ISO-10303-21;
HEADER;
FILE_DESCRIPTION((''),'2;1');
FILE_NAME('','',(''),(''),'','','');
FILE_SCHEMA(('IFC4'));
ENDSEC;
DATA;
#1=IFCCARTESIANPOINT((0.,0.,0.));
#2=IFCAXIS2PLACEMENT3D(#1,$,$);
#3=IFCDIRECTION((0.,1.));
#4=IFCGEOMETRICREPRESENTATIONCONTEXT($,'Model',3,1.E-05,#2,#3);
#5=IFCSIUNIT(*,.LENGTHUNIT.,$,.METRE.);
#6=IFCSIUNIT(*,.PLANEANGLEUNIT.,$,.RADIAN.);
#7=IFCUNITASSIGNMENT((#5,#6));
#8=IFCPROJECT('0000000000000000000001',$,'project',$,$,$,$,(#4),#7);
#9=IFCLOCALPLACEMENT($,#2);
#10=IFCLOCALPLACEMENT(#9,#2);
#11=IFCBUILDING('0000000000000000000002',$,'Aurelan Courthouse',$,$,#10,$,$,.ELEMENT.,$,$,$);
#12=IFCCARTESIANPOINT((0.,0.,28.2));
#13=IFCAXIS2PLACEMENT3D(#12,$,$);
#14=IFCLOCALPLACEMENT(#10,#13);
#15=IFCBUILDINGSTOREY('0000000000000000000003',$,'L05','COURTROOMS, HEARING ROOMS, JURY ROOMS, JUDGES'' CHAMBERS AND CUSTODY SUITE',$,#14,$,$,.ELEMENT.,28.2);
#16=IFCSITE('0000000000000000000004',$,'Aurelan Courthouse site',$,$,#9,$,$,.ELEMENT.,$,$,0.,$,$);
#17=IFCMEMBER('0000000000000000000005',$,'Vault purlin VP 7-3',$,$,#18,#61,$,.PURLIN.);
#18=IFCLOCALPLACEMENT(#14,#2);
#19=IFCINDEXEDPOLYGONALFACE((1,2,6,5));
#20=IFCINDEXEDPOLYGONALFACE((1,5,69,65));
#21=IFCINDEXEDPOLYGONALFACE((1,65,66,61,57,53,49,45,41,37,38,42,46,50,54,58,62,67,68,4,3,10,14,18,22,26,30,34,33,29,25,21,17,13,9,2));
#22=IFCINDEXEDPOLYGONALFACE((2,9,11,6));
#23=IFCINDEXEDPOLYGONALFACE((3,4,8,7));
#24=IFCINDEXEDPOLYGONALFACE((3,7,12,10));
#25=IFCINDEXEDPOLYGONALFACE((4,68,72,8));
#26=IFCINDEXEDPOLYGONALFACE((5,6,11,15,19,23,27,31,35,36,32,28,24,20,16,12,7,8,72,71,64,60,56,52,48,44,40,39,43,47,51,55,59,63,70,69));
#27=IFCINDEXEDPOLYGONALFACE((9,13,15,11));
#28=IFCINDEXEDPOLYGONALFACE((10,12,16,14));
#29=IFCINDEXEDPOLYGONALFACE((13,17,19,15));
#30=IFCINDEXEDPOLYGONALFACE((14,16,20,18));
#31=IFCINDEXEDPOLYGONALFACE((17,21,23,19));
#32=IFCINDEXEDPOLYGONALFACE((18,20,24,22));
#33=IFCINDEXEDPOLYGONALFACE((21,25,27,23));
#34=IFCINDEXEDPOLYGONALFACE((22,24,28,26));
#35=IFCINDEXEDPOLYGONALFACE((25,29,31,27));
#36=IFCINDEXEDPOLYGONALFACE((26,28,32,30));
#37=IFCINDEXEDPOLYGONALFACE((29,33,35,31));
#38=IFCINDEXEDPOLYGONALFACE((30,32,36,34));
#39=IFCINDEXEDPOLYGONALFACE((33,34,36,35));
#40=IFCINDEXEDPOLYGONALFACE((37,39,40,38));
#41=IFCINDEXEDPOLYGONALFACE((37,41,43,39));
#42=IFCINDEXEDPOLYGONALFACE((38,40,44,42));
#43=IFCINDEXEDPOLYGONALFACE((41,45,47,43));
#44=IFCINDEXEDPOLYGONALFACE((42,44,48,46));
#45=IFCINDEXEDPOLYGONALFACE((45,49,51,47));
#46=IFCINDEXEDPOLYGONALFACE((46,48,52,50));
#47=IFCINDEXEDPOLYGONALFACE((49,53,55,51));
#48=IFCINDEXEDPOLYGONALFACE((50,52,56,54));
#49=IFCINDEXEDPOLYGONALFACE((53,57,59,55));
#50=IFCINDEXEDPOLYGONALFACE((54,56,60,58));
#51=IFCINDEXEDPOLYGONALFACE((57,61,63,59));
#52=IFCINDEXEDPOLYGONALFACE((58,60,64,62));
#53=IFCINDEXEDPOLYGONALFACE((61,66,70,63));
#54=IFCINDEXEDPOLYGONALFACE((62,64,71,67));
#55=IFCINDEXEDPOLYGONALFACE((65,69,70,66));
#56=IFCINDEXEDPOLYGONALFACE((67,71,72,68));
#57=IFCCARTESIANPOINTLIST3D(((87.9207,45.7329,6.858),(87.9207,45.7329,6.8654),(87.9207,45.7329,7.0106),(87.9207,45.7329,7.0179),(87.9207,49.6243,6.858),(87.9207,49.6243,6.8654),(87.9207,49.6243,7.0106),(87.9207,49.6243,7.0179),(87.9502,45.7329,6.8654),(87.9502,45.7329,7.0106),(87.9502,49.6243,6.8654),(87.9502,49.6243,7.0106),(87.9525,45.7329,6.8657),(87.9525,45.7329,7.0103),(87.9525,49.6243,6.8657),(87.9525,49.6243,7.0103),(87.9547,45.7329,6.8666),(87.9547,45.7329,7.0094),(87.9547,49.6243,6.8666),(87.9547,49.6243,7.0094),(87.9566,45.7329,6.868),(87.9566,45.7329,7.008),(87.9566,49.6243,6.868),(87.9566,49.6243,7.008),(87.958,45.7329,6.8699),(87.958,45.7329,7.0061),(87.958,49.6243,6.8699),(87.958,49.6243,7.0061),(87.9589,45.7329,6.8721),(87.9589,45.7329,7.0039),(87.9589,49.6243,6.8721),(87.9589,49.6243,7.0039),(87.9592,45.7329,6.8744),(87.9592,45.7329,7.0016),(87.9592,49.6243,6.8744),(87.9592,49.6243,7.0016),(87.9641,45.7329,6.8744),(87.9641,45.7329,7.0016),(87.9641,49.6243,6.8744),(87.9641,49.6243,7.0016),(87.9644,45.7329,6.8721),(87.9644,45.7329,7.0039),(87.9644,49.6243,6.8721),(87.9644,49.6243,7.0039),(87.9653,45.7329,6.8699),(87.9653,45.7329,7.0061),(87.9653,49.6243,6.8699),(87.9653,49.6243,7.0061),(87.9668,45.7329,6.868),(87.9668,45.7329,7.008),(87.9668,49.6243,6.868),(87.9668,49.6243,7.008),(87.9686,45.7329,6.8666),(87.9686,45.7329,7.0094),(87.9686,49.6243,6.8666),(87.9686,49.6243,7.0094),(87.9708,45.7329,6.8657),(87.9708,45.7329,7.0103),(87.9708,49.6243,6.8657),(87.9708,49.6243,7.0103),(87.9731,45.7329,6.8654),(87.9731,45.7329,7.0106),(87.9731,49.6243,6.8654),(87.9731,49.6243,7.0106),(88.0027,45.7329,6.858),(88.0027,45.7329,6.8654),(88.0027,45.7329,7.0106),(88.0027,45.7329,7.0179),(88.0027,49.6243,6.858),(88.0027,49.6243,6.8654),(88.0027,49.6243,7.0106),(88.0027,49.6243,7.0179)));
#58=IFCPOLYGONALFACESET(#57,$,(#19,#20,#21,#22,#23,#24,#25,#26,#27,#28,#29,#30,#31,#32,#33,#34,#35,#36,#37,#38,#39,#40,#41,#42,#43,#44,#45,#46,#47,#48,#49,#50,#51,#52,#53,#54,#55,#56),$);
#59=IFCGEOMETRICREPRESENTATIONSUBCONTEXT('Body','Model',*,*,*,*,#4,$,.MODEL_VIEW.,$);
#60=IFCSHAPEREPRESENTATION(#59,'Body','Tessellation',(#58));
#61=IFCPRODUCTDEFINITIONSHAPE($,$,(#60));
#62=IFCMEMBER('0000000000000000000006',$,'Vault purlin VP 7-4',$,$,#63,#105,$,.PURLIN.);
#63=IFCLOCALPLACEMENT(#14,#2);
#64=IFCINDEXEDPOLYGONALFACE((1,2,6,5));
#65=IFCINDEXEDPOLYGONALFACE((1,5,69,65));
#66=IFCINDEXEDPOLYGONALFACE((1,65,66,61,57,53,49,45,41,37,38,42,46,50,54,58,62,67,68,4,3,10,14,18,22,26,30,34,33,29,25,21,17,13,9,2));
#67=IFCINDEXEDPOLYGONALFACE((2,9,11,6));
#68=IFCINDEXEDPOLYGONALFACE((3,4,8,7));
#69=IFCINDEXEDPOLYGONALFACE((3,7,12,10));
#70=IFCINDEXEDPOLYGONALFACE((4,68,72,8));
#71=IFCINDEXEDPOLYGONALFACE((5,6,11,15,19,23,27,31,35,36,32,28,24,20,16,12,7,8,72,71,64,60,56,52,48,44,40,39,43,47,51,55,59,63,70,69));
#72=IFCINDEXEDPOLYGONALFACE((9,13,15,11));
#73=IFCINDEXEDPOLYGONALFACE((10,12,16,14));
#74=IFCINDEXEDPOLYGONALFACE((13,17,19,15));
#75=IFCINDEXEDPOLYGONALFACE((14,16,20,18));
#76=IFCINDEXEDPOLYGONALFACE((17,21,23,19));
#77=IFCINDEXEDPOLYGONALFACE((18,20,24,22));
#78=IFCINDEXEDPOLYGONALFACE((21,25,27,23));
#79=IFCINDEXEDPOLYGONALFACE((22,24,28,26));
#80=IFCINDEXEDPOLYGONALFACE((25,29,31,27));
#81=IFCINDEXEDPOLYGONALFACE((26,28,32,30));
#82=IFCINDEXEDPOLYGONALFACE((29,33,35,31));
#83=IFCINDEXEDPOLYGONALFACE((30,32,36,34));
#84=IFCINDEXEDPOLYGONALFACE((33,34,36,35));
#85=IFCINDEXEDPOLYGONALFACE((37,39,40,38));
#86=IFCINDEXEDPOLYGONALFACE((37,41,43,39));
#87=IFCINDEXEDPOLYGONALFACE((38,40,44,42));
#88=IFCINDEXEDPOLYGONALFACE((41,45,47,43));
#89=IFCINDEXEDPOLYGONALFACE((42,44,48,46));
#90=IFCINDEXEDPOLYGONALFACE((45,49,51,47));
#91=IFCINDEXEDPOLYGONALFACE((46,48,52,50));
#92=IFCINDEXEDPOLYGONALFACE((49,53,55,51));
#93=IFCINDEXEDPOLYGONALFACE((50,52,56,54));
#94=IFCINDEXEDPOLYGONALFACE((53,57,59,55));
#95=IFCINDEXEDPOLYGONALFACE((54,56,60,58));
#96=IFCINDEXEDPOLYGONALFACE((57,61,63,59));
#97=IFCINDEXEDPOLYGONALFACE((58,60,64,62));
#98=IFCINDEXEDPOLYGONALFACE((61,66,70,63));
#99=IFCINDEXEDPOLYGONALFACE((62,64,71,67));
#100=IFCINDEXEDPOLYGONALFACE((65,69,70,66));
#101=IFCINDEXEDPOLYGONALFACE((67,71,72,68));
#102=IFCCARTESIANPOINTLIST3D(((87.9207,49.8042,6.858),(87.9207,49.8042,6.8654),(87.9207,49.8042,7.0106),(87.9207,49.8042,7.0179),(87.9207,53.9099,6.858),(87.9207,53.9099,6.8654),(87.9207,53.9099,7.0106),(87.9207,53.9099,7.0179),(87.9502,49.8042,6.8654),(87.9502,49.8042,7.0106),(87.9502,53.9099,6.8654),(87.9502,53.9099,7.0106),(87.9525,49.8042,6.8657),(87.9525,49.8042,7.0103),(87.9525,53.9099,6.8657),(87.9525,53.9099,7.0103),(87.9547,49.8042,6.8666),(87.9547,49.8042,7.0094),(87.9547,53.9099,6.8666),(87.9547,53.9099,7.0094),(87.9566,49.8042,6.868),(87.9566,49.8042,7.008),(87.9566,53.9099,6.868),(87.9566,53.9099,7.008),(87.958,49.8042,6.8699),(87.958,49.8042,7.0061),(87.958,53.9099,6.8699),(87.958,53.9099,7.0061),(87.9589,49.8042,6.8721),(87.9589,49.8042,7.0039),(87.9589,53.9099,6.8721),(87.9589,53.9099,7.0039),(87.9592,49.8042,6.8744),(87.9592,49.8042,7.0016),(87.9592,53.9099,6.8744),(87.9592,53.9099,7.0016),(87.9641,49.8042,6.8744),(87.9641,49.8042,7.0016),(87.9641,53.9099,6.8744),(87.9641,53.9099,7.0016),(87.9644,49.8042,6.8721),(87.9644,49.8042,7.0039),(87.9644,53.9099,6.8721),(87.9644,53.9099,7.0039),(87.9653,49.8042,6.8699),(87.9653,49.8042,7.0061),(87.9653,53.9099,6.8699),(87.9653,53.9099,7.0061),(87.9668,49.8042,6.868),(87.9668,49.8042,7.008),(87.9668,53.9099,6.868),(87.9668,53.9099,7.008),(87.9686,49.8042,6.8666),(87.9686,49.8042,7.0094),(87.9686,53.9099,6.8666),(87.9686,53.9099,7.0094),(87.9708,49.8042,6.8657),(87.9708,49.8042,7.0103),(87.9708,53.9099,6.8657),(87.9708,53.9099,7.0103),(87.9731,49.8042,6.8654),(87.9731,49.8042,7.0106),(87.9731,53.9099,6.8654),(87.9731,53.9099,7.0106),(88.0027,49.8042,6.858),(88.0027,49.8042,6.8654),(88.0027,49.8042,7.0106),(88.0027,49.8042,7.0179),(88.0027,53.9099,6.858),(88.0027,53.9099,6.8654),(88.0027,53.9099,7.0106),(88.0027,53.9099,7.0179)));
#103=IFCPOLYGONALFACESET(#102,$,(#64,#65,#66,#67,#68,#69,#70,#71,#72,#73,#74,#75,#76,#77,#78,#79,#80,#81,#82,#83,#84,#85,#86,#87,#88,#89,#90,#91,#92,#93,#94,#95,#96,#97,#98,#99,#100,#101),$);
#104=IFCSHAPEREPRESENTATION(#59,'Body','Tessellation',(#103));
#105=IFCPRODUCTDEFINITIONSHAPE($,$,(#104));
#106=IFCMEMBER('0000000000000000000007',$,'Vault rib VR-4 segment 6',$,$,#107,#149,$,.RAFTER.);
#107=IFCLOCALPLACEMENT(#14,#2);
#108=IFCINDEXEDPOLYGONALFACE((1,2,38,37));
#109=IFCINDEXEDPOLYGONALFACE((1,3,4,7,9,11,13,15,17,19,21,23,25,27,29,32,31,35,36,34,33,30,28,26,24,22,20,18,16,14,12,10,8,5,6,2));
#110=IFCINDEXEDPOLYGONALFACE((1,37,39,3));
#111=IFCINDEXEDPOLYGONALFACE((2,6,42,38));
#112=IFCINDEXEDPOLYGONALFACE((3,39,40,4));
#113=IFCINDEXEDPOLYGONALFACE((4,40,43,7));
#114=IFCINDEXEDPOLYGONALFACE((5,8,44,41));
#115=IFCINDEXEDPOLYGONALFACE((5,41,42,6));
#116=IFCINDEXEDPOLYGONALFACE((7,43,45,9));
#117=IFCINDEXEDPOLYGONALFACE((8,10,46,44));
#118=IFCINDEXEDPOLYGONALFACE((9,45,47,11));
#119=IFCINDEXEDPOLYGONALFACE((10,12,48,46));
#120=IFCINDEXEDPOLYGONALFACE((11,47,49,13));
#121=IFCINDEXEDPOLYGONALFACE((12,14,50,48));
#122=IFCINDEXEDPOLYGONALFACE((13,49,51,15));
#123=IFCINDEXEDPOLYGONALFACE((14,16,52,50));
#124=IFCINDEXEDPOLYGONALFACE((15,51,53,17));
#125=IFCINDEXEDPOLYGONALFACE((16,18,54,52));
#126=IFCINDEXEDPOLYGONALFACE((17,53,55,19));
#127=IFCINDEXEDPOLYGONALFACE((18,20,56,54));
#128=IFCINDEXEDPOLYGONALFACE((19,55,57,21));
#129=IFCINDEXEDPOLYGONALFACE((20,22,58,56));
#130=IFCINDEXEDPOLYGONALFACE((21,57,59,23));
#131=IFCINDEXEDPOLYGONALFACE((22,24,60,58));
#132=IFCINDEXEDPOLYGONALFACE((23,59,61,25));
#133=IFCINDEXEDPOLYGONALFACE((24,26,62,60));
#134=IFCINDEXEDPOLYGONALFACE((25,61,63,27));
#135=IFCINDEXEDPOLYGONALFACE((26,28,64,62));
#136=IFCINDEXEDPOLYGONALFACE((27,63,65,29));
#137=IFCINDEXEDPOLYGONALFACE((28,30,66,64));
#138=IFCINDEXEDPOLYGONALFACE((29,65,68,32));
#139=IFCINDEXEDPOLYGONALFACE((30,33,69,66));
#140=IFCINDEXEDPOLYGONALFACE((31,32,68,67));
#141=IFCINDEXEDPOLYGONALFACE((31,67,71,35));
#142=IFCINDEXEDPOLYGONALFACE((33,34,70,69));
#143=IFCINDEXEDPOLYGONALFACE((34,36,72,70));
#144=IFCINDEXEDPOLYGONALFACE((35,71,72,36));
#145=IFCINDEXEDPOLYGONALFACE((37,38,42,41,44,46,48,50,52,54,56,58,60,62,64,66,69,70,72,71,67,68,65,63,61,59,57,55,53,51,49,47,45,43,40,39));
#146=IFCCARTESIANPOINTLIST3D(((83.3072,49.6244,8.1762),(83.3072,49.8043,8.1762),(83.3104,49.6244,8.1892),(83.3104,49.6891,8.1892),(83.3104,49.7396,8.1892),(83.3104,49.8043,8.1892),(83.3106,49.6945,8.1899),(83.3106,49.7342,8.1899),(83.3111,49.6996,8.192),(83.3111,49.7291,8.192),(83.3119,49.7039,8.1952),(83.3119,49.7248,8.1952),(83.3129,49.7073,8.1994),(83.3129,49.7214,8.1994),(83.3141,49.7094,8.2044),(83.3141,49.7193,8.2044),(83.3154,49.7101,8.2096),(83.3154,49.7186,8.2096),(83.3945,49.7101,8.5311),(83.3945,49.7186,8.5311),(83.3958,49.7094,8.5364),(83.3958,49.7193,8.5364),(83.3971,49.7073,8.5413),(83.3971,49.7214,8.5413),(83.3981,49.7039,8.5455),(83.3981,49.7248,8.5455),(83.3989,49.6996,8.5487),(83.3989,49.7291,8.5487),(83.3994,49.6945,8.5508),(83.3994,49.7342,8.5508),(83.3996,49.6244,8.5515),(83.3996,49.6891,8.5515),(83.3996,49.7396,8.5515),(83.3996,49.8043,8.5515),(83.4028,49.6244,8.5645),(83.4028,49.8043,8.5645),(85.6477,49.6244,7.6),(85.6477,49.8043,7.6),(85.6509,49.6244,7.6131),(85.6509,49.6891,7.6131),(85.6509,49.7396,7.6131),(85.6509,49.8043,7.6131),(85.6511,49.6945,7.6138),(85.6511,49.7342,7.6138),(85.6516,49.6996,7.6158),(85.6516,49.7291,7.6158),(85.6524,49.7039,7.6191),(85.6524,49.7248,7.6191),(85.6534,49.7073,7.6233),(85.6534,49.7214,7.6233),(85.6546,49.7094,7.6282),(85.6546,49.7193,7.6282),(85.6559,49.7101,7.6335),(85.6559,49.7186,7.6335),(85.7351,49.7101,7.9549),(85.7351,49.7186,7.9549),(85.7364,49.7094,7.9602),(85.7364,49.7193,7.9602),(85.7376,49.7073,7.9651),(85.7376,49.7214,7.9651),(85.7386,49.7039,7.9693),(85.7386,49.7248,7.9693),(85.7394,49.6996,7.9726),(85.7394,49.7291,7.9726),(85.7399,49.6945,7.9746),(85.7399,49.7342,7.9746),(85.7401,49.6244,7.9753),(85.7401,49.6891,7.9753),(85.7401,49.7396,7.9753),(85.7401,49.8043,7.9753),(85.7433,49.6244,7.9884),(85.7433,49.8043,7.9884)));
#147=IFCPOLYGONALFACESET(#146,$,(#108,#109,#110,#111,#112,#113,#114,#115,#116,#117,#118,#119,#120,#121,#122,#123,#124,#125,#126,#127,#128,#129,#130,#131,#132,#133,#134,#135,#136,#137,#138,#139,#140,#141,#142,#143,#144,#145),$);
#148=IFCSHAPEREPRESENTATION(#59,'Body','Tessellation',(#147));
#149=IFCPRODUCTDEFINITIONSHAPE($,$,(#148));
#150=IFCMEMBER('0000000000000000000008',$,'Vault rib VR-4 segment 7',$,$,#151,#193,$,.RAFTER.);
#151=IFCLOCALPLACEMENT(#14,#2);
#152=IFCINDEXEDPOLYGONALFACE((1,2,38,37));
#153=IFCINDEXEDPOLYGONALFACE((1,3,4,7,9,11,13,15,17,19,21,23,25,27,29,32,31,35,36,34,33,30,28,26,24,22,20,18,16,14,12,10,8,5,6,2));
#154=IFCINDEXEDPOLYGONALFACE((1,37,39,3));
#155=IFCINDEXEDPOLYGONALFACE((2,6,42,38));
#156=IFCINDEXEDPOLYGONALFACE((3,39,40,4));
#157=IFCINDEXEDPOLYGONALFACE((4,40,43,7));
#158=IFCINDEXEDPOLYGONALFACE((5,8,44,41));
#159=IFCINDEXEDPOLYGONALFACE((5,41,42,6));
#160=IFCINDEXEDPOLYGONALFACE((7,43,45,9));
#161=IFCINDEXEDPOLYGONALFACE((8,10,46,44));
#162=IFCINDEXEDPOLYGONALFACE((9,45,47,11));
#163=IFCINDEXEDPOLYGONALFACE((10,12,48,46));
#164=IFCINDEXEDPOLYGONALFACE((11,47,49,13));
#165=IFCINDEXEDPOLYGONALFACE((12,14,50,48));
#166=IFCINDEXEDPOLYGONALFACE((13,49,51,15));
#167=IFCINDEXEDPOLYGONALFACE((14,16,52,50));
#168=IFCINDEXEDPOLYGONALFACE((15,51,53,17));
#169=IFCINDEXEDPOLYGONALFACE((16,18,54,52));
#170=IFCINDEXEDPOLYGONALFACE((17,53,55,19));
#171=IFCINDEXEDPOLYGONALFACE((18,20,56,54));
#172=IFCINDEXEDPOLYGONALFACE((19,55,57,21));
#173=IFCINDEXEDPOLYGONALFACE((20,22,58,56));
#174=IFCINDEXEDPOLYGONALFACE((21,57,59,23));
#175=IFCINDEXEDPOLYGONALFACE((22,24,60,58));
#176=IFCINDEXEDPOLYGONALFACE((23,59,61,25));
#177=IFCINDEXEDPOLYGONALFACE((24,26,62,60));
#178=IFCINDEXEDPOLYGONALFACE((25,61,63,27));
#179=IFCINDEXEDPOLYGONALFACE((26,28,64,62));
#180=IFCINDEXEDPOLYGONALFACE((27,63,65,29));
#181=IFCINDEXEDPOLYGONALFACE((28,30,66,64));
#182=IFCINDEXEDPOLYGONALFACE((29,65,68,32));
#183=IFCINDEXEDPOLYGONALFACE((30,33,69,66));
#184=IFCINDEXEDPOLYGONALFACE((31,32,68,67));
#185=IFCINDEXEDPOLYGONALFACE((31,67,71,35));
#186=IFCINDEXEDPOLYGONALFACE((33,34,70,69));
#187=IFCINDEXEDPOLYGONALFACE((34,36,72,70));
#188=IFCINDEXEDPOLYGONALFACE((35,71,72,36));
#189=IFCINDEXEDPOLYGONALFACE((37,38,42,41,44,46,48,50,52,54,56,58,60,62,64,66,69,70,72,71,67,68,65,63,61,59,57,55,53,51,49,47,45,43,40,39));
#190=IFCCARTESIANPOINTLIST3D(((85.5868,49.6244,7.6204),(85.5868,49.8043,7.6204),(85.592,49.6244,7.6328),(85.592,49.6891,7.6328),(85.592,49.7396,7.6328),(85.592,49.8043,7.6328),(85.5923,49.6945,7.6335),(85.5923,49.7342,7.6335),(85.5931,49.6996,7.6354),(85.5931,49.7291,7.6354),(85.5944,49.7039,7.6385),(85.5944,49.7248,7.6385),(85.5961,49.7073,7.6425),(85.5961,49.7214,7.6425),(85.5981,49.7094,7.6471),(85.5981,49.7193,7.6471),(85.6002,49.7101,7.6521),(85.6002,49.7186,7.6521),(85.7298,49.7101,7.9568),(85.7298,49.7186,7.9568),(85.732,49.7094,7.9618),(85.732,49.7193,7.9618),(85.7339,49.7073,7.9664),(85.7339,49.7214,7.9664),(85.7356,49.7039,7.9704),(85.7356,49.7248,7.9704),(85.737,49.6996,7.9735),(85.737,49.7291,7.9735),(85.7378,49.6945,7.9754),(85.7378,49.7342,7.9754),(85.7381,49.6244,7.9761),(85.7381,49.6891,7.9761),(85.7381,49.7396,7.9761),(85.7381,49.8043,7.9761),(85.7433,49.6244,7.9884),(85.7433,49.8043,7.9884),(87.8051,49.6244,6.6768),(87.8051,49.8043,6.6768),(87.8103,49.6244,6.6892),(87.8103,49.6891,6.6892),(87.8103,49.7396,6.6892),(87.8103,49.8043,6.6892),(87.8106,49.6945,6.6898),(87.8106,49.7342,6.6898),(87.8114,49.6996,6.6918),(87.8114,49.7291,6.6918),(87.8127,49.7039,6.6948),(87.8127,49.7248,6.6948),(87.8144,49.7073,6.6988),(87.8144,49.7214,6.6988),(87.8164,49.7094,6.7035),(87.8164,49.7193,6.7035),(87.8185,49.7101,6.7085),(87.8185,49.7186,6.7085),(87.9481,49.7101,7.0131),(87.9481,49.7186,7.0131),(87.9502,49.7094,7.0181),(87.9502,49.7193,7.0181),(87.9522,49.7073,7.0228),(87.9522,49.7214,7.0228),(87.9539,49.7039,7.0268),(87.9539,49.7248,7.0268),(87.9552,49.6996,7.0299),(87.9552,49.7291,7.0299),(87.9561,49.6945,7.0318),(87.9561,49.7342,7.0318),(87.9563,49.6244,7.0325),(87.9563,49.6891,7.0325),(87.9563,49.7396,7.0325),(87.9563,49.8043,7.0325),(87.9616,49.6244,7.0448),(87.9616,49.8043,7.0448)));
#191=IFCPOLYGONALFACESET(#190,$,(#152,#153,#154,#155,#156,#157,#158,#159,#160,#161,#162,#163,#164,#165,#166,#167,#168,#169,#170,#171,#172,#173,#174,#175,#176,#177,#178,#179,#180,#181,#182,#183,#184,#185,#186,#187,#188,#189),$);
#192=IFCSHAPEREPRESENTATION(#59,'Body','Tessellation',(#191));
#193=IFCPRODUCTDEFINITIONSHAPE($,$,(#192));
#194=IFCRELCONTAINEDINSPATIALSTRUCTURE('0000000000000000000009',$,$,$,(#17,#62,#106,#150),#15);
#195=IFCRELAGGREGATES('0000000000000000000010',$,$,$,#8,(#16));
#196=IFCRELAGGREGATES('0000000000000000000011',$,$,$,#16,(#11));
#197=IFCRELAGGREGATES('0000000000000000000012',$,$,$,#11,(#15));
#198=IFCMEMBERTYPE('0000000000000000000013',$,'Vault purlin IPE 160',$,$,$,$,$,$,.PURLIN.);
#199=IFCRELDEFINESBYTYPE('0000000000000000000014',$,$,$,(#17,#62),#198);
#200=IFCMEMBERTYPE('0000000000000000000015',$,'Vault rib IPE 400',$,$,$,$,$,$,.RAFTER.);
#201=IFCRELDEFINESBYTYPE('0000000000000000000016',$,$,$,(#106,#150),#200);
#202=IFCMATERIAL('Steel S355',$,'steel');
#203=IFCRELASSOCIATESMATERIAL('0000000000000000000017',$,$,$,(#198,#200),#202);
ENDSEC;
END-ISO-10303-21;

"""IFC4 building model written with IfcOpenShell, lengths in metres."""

from ifc_helpers import new_model, si_unit, direction, frame, origin, origin_2d, place, context, subcontext, project, spatial, i_section, extrude, material, material_profile, profile_set, type_object, element, save


model = new_model("IFC4")

# Units and contexts
model_context = context("Model", 3, precision=1e-05, world=origin(), true_north=direction((0.0, 1.0)))
body_context = subcontext(model_context, "Body", "Model", "MODEL_VIEW")
ifc_project = project(units=[si_unit("LENGTHUNIT", "METRE"), si_unit("PLANEANGLEUNIT", "RADIAN")], contexts=[model_context])

# Site, building, storey
site_placement = place(None, origin())
site = spatial("IfcSite", under=ifc_project, at=site_placement, Name="Aurelan Courthouse site", CompositionType="ELEMENT", RefElevation=0.0)
building_placement = place(site_placement, origin())
building = spatial("IfcBuilding", under=site, at=building_placement, Name="Aurelan Courthouse", CompositionType="ELEMENT")
storey_placement = place(building_placement, frame((0.0, 0.0, 28.2)))
storey = spatial("IfcBuildingStorey", under=building, at=storey_placement, Name="L05", Description="COURTROOMS, HEARING ROOMS, JURY ROOMS, JUDGES' CHAMBERS AND CUSTODY SUITE", CompositionType="ELEMENT", Elevation=28.2)

# Members
ifc_material_1 = material(Name="Steel S355", Category="steel")
ifc_material_profile_1 = material_profile(ifc_material_1, i_section(OverallWidth=0.082, OverallDepth=0.1599, WebThickness=0.0049, FlangeThickness=0.0073, FilletRadius=0.009, at=origin_2d()), Name="IPE 160")
ifc_profile_set_1 = profile_set([ifc_material_profile_1], Name="Steel S355")
member_type_1 = type_object("IfcMemberType", Name="Vault purlin IPE 160", PredefinedType="PURLIN", material=ifc_profile_set_1)
member_1_placement = place(storey_placement, frame((87.9617, 45.7329, 6.938), z_axis=(0.0, 1.0, 0.0), x_axis=(-1.0, 0.0, 0.0)))
element("IfcMember", 1, at=member_1_placement, inside=storey, type_object=member_type_1, Name="Vault purlin VP 7-3", PredefinedType="PURLIN", context=body_context, shape_type="SweptSolid", body=[
    extrude(i_section(OverallWidth=0.082, OverallDepth=0.1599, WebThickness=0.0049, FlangeThickness=0.0073, FilletRadius=0.009, at=origin_2d()), origin(), (0.0, 0.0, 1.0), 3.8914),
])
member_2_placement = place(storey_placement, frame((87.9617, 49.8042, 6.938), z_axis=(0.0, 1.0, 0.0), x_axis=(-1.0, 0.0, 0.0)))
element("IfcMember", 2, at=member_2_placement, inside=storey, type_object=member_type_1, Name="Vault purlin VP 7-4", PredefinedType="PURLIN", context=body_context, shape_type="SweptSolid", body=[
    extrude(i_section(OverallWidth=0.082, OverallDepth=0.1599, WebThickness=0.0049, FlangeThickness=0.0073, FilletRadius=0.009, at=origin_2d()), origin(), (0.0, 0.0, 1.0), 4.1057),
])
ifc_material_profile_2 = material_profile(ifc_material_1, i_section(OverallWidth=0.1799, OverallDepth=0.3999, WebThickness=0.0085, FlangeThickness=0.0134, FilletRadius=0.021, at=origin_2d()), Name="IPE 400")
ifc_profile_set_2 = profile_set([ifc_material_profile_2], Name="Steel S355")
member_type_2 = type_object("IfcMemberType", Name="Vault rib IPE 400", PredefinedType="RAFTER", material=ifc_profile_set_2)
member_3_placement = place(storey_placement, frame((83.355, 49.7144, 8.3704), z_axis=(0.971012, 0.0, -0.239031), x_axis=(0.0, 1.0, 0.0)))
element("IfcMember", 3, at=member_3_placement, inside=storey, type_object=member_type_2, Name="Vault rib VR-4 segment 6", PredefinedType="RAFTER", context=body_context, shape_type="SweptSolid", body=[
    extrude(i_section(OverallWidth=0.1799, OverallDepth=0.3999, WebThickness=0.0085, FlangeThickness=0.0134, FilletRadius=0.021, at=origin_2d()), origin(), (0.0, 0.0, 1.0), 2.4104),
])
for number, where, z_axis, x_axis, name in (
    (4, (85.665, 49.7144, 7.8044), (0.920205, 0.0, -0.391437), (0.0, 1.0, 0.0), "Vault rib VR-4 segment 7"),
):
    element("IfcMember", number, at=place(storey_placement, frame(where, z_axis=z_axis, x_axis=x_axis)), inside=storey, type_object=member_type_2, Name=name, PredefinedType="RAFTER", context=body_context, shape_type="SweptSolid", body=[
        extrude(i_section(OverallWidth=0.1799, OverallDepth=0.3999, WebThickness=0.0085, FlangeThickness=0.0134, FilletRadius=0.021, at=origin_2d()), origin(), (0.0, 0.0, 1.0), 2.4106),
    ])

save(model, "model.ifc")
